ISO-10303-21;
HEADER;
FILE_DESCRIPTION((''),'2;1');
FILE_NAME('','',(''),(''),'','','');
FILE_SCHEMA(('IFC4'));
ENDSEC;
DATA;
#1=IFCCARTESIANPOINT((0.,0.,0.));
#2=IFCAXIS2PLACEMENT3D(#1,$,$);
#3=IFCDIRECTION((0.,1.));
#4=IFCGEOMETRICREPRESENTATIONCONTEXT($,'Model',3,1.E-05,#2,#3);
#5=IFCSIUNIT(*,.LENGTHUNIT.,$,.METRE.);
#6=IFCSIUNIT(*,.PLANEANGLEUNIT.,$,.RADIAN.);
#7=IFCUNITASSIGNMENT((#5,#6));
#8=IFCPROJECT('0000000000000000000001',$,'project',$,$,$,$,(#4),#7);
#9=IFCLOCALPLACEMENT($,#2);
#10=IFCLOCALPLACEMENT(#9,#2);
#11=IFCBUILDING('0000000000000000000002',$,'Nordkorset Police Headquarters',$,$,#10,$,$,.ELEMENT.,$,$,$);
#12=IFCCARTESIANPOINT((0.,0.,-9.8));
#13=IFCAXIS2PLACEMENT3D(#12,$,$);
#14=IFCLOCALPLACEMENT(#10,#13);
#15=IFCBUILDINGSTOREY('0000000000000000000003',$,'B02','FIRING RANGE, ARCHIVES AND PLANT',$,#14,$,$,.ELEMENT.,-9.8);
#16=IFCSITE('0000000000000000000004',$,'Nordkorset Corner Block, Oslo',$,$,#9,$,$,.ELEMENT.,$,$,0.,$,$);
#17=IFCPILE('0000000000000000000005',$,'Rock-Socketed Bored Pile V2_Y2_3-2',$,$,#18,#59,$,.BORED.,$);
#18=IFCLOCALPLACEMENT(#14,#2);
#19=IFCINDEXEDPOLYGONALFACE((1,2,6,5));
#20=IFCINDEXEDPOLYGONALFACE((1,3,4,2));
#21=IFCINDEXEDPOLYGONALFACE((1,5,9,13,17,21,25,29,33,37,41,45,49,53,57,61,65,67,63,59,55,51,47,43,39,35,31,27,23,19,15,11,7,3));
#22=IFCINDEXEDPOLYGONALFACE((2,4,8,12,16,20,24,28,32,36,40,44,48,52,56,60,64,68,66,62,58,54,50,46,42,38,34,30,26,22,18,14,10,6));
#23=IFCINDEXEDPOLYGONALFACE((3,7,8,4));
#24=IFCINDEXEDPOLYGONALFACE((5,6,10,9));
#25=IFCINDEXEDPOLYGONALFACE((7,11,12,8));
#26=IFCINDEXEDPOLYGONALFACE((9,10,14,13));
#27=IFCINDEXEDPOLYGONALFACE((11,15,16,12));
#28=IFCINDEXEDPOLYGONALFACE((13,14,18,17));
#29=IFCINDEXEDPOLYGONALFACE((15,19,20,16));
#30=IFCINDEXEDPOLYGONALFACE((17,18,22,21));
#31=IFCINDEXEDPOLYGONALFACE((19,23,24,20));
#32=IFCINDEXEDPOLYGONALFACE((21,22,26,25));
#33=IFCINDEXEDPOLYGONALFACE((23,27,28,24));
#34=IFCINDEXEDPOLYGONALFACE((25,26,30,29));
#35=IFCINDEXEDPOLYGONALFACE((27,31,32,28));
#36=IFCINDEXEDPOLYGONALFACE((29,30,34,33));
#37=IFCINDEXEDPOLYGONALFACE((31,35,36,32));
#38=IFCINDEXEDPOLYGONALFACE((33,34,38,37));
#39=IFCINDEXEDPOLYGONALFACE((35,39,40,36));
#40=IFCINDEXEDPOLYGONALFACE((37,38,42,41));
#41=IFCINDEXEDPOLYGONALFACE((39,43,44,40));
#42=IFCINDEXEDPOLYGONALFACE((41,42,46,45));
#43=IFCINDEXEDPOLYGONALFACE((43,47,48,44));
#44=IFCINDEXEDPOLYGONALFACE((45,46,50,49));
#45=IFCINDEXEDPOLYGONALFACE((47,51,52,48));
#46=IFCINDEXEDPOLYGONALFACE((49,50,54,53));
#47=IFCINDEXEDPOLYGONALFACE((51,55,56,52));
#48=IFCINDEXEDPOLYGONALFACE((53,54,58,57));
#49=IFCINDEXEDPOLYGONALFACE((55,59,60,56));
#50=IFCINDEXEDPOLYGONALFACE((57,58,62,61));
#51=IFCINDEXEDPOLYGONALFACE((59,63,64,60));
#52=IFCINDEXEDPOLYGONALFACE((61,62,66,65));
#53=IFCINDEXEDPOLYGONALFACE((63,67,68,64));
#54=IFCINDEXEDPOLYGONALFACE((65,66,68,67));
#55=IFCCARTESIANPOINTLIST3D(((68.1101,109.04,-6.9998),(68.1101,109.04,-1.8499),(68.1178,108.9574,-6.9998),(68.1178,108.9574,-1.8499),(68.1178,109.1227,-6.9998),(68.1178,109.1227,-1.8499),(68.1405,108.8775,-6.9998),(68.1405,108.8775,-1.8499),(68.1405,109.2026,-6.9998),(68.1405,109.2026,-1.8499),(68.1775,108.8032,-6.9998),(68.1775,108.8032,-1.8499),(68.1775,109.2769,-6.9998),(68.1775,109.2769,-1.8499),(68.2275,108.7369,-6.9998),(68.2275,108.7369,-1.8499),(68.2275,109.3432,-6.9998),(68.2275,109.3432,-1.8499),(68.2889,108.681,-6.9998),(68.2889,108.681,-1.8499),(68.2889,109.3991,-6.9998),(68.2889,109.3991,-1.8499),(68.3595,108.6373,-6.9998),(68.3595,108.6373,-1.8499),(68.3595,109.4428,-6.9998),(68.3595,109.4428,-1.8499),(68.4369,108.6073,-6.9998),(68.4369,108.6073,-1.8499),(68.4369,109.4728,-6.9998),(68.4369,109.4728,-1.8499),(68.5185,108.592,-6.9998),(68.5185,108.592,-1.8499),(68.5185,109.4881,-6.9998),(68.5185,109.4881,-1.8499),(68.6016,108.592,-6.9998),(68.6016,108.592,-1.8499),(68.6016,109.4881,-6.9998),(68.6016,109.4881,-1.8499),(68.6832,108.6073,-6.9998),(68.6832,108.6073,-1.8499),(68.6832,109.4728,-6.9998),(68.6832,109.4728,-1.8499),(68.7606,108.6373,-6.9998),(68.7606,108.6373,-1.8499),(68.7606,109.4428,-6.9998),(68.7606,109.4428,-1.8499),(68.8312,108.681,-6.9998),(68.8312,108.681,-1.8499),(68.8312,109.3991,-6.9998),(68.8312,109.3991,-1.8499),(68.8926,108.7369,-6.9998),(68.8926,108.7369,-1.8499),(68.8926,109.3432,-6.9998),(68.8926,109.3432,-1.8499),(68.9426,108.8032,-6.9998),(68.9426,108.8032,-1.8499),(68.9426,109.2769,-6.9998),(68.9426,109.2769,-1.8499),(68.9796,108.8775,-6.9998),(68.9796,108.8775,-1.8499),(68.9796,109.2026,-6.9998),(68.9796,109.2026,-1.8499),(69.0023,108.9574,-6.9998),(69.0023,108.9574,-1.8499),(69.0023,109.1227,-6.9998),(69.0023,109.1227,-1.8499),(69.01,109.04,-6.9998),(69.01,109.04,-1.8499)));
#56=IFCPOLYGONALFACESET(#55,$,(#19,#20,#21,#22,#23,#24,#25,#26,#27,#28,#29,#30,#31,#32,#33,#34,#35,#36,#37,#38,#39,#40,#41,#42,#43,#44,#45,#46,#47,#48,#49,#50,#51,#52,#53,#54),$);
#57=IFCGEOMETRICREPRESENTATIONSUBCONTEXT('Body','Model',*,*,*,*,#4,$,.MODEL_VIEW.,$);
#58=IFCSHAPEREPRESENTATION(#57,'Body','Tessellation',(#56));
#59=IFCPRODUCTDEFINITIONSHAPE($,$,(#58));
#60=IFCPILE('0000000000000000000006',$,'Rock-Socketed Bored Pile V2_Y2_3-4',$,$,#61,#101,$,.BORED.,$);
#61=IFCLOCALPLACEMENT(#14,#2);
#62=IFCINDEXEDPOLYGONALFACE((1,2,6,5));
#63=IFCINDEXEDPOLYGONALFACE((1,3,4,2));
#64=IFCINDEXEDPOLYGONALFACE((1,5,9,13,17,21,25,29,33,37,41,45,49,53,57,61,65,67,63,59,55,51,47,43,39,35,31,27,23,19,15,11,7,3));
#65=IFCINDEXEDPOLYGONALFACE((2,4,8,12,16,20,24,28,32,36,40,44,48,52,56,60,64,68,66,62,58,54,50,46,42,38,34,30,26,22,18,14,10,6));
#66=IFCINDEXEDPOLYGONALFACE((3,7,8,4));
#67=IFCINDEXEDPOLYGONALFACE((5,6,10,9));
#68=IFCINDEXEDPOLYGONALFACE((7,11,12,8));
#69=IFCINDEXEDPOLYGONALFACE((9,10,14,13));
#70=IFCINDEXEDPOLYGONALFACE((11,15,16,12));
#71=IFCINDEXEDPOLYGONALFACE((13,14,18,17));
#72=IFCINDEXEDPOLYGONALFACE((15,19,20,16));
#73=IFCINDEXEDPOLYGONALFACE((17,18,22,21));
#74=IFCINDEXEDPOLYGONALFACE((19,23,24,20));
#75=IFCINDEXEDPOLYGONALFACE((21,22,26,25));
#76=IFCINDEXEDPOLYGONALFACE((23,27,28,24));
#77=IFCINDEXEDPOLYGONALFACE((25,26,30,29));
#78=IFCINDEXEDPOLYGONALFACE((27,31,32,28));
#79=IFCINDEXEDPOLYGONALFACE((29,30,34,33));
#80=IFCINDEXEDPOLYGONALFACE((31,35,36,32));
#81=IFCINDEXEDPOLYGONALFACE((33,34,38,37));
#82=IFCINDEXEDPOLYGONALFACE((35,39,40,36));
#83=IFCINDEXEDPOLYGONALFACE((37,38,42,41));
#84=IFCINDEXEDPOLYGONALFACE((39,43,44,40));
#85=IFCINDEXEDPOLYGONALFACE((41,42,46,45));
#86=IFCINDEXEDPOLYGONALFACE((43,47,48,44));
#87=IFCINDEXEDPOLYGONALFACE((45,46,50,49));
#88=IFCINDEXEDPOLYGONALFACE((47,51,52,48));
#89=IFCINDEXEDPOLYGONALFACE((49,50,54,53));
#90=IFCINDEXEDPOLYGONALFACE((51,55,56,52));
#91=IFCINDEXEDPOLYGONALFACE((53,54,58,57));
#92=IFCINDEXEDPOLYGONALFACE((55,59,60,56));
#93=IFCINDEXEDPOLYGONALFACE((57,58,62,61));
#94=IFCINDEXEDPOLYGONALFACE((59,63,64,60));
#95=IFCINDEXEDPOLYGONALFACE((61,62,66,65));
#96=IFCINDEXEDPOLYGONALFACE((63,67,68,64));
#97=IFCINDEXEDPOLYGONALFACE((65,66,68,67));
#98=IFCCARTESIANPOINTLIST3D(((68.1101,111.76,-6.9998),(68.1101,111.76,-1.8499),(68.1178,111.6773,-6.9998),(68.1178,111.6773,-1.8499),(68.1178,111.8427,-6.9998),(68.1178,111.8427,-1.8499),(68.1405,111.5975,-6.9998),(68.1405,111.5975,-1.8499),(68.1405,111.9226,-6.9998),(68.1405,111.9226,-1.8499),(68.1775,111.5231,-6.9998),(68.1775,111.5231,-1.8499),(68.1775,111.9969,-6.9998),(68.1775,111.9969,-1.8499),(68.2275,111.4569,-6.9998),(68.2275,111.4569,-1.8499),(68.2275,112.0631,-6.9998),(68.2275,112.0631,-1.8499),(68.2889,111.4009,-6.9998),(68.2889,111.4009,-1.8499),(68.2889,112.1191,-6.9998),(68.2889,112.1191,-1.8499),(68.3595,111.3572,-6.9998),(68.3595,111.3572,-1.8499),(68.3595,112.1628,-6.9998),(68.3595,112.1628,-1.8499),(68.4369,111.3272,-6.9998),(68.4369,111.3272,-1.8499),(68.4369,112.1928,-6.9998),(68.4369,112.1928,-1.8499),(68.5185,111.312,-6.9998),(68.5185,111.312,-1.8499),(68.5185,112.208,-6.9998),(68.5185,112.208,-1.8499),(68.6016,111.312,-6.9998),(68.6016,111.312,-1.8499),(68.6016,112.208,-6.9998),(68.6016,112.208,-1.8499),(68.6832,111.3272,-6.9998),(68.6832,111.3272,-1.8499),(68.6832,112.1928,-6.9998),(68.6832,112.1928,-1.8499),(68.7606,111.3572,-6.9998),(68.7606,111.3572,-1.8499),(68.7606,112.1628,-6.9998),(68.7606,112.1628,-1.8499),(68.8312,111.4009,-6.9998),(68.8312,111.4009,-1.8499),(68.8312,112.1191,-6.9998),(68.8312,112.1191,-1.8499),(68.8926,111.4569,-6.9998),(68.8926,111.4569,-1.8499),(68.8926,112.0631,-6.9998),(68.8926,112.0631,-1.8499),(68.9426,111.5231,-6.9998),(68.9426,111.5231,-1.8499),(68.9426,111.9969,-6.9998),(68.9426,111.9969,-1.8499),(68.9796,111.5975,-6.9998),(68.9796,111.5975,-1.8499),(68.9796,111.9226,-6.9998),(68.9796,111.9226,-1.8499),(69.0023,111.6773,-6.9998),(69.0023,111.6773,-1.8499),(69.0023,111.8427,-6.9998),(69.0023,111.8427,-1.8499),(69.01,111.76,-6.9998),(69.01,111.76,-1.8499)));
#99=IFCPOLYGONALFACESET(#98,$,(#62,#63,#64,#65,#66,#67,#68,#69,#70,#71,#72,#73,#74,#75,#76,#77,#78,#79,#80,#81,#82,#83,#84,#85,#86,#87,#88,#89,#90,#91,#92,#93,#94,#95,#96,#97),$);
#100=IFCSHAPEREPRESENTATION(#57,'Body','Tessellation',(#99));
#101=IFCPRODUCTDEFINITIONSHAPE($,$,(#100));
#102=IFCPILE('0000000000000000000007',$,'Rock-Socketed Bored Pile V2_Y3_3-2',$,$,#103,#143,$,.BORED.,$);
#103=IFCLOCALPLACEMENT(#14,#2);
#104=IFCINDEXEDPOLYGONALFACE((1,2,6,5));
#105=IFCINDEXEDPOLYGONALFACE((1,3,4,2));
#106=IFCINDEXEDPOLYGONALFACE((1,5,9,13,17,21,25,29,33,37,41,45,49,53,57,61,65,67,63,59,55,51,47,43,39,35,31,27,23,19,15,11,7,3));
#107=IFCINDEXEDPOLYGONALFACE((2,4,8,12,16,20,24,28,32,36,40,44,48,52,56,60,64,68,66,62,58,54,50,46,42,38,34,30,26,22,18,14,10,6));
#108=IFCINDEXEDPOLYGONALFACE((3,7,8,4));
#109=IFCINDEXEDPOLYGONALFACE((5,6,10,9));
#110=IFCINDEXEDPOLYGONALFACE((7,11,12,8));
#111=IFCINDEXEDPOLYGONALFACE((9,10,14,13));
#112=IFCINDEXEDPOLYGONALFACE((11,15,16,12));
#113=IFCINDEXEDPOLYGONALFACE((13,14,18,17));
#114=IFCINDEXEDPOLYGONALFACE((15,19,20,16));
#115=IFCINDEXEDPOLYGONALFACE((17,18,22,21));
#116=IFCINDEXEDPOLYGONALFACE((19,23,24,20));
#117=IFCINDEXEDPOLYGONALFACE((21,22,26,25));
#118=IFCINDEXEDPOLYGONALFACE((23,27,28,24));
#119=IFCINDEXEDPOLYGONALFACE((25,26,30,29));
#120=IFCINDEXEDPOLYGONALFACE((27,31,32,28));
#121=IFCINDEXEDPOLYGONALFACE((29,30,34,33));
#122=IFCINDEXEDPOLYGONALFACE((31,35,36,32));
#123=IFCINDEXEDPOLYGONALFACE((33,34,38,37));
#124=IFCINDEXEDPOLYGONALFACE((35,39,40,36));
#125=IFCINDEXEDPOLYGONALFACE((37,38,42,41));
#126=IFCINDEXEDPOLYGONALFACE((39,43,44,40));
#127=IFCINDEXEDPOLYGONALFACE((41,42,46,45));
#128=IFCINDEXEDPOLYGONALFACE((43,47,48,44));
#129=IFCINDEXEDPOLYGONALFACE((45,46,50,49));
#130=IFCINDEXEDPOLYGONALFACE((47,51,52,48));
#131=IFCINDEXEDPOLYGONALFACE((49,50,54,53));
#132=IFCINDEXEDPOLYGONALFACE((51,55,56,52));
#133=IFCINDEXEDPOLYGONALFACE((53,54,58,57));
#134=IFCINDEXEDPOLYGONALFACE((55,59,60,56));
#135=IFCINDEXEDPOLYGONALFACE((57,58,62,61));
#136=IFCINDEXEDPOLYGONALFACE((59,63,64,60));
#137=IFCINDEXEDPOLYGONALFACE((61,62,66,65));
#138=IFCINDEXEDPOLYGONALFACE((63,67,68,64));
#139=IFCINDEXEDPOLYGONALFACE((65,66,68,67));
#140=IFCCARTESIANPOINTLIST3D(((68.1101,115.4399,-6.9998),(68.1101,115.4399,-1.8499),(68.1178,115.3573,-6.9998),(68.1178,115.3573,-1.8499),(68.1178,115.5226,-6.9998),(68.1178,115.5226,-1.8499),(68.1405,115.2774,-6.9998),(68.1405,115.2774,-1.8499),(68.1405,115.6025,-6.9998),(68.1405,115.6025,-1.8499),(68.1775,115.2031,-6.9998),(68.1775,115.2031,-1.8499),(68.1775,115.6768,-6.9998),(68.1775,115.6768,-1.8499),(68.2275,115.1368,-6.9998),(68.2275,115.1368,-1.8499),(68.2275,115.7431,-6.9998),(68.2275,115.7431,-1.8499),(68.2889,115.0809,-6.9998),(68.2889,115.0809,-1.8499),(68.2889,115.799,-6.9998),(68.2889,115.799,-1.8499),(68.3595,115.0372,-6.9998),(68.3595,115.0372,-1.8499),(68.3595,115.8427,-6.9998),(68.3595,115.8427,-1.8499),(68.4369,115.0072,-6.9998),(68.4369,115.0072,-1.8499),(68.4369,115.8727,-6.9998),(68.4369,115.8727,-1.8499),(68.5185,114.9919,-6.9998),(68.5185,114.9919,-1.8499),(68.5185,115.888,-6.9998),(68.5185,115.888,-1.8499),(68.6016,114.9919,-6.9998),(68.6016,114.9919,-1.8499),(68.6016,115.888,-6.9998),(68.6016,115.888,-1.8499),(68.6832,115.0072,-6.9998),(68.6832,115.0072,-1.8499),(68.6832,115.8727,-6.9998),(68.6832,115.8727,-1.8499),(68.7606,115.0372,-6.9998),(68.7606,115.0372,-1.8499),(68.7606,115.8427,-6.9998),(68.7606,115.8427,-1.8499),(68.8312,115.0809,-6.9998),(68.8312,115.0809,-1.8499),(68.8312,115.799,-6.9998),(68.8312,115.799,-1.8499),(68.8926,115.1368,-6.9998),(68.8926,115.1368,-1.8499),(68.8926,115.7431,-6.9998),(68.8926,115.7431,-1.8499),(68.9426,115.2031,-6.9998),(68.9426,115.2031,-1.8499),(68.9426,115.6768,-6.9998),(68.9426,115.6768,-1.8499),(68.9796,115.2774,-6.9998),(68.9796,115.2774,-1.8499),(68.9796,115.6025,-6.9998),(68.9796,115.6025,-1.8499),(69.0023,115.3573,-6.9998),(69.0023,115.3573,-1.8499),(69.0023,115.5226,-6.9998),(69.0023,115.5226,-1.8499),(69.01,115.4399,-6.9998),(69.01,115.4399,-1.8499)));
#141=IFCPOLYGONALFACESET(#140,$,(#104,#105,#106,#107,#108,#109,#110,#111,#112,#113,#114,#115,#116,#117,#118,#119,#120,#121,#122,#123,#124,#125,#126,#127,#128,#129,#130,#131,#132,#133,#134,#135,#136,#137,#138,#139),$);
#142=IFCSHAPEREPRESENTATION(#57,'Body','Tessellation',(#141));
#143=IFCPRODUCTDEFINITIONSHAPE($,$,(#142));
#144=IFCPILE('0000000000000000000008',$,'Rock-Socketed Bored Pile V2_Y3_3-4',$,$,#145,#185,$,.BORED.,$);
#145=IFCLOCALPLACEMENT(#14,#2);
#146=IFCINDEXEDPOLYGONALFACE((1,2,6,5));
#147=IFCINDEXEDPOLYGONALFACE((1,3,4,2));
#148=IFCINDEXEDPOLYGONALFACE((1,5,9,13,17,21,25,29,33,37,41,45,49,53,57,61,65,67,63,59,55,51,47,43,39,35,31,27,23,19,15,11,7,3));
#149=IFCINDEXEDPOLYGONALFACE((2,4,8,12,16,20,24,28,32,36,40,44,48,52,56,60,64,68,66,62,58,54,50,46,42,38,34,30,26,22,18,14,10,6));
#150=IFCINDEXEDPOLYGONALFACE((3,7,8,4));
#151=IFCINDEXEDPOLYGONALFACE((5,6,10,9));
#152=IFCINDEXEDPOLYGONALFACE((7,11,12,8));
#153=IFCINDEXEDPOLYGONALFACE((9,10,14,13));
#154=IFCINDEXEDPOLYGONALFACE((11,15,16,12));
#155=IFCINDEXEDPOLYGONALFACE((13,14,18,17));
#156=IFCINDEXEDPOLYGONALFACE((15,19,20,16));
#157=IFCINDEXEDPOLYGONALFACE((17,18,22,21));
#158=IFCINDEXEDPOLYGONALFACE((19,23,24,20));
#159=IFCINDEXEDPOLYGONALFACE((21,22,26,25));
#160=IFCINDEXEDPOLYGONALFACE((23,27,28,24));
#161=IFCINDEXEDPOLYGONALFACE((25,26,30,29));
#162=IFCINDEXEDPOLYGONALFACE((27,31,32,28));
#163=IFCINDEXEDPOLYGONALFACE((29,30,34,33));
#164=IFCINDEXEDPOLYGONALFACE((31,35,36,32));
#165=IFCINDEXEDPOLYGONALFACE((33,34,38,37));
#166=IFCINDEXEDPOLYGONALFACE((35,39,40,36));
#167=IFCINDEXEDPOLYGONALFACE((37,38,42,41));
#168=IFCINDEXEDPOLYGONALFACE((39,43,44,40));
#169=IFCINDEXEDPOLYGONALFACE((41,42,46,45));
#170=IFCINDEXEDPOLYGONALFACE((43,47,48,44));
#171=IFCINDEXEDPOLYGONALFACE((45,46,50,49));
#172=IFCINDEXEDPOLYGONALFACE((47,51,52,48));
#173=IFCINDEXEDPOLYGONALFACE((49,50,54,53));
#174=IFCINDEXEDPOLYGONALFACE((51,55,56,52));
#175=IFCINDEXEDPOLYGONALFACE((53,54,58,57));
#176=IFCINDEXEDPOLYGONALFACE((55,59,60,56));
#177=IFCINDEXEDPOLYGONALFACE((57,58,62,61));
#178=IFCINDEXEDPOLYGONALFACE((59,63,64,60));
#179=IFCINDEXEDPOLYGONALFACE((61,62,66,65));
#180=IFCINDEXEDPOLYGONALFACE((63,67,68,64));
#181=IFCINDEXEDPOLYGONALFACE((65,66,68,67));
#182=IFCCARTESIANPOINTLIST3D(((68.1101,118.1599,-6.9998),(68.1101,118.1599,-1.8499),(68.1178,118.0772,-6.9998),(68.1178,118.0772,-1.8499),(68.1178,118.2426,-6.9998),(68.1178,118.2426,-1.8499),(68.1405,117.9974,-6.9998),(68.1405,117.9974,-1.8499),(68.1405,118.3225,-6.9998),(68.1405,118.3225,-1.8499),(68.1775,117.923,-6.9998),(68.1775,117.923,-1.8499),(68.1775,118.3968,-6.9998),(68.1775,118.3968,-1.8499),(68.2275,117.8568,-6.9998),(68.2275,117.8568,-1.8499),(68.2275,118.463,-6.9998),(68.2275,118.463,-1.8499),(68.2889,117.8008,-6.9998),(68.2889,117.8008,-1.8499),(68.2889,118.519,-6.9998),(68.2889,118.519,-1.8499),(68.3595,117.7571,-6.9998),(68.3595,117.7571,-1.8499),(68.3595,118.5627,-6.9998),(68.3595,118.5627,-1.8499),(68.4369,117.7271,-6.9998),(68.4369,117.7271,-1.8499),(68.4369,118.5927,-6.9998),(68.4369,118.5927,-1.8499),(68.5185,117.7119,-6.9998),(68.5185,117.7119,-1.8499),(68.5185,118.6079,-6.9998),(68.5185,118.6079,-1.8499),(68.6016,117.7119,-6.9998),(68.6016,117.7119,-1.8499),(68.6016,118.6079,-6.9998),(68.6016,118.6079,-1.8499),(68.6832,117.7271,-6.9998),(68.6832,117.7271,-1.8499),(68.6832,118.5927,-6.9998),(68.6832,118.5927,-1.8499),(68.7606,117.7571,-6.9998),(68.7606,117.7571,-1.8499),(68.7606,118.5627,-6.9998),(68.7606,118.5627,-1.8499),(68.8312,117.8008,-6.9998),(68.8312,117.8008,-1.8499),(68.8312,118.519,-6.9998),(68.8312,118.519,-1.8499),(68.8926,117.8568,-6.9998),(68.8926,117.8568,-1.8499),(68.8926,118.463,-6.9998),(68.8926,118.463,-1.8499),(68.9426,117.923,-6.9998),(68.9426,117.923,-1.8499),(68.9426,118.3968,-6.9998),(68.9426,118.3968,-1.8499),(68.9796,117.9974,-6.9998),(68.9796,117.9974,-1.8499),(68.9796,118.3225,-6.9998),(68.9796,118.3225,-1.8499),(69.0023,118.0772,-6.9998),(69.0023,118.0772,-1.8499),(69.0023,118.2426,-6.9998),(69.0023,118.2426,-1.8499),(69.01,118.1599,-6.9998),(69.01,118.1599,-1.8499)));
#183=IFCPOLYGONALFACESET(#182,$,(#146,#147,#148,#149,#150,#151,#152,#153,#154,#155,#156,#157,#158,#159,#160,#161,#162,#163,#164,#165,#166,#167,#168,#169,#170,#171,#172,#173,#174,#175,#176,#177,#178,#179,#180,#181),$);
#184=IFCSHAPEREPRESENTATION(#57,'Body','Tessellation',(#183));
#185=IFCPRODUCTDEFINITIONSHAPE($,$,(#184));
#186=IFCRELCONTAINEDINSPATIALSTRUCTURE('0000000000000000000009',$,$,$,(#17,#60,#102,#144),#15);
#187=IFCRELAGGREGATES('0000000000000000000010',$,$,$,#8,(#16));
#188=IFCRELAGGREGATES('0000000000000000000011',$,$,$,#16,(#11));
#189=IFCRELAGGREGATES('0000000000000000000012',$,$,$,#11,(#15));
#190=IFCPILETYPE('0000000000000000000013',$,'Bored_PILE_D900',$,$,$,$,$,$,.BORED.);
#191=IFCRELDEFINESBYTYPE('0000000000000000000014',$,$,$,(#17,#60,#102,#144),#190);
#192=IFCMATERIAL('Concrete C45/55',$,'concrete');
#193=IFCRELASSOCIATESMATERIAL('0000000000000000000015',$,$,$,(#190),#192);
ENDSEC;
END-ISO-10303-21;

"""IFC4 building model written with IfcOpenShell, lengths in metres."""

from ifc_helpers import new_model, si_unit, direction, frame, origin, origin_2d, place, context, subcontext, project, spatial, circle, extrude, material, material_profile, profile_set, type_object, element, save


model = new_model("IFC4")

# Units and contexts
model_context = context("Model", 3, precision=1e-05, world=origin(), true_north=direction((0.0, 1.0)))
body_context = subcontext(model_context, "Body", "Model", "MODEL_VIEW")
ifc_project = project(units=[si_unit("LENGTHUNIT", "METRE"), si_unit("PLANEANGLEUNIT", "RADIAN")], contexts=[model_context])

# Site, building, storey
site_placement = place(None, origin())
site = spatial("IfcSite", under=ifc_project, at=site_placement, Name="Nordkorset Corner Block, Oslo", CompositionType="ELEMENT", RefElevation=0.0)
building_placement = place(site_placement, origin())
building = spatial("IfcBuilding", under=site, at=building_placement, Name="Nordkorset Police Headquarters", CompositionType="ELEMENT")
storey_placement = place(building_placement, frame((0.0, 0.0, -9.8)))
storey = spatial("IfcBuildingStorey", under=building, at=storey_placement, Name="B02", Description="FIRING RANGE, ARCHIVES AND PLANT", CompositionType="ELEMENT", Elevation=-9.8)

# Piles
ifc_material_1 = material(Name="Concrete C45/55", Category="concrete")
ifc_material_profile_1 = material_profile(ifc_material_1, circle(Radius=0.45, at=origin_2d()), Name="PILE D900")
ifc_profile_set_1 = profile_set([ifc_material_profile_1], Name="Concrete C45/55")
pile_type = type_object("IfcPileType", Name="Bored_PILE_D900", PredefinedType="BORED", material=ifc_profile_set_1)
for number, where, z_axis, x_axis, name in (
    (1, (68.5601, 109.04, -1.8499), (0.0, 0.0, -1.0), (1.0, 0.0, 0.0), "Rock-Socketed Bored Pile V2_Y2_3-2"),
    (2, (68.5601, 111.76, -1.8499), (0.0, 0.0, -1.0), (1.0, 0.0, 0.0), "Rock-Socketed Bored Pile V2_Y2_3-4"),
    (3, (68.5601, 115.4399, -1.8499), (0.0, 0.0, -1.0), (1.0, 0.0, 0.0), "Rock-Socketed Bored Pile V2_Y3_3-2"),
    (4, (68.5601, 118.1599, -1.8499), (0.0, 0.0, -1.0), (1.0, 0.0, 0.0), "Rock-Socketed Bored Pile V2_Y3_3-4"),
):
    element("IfcPile", number, at=place(storey_placement, frame(where, z_axis=z_axis, x_axis=x_axis)), inside=storey, type_object=pile_type, Name=name, PredefinedType="BORED", context=body_context, shape_type="SweptSolid", body=[
        extrude(circle(Radius=0.45, at=origin_2d()), origin(), (0.0, 0.0, 1.0), 5.1499),
    ])

save(model, "model.ifc")
